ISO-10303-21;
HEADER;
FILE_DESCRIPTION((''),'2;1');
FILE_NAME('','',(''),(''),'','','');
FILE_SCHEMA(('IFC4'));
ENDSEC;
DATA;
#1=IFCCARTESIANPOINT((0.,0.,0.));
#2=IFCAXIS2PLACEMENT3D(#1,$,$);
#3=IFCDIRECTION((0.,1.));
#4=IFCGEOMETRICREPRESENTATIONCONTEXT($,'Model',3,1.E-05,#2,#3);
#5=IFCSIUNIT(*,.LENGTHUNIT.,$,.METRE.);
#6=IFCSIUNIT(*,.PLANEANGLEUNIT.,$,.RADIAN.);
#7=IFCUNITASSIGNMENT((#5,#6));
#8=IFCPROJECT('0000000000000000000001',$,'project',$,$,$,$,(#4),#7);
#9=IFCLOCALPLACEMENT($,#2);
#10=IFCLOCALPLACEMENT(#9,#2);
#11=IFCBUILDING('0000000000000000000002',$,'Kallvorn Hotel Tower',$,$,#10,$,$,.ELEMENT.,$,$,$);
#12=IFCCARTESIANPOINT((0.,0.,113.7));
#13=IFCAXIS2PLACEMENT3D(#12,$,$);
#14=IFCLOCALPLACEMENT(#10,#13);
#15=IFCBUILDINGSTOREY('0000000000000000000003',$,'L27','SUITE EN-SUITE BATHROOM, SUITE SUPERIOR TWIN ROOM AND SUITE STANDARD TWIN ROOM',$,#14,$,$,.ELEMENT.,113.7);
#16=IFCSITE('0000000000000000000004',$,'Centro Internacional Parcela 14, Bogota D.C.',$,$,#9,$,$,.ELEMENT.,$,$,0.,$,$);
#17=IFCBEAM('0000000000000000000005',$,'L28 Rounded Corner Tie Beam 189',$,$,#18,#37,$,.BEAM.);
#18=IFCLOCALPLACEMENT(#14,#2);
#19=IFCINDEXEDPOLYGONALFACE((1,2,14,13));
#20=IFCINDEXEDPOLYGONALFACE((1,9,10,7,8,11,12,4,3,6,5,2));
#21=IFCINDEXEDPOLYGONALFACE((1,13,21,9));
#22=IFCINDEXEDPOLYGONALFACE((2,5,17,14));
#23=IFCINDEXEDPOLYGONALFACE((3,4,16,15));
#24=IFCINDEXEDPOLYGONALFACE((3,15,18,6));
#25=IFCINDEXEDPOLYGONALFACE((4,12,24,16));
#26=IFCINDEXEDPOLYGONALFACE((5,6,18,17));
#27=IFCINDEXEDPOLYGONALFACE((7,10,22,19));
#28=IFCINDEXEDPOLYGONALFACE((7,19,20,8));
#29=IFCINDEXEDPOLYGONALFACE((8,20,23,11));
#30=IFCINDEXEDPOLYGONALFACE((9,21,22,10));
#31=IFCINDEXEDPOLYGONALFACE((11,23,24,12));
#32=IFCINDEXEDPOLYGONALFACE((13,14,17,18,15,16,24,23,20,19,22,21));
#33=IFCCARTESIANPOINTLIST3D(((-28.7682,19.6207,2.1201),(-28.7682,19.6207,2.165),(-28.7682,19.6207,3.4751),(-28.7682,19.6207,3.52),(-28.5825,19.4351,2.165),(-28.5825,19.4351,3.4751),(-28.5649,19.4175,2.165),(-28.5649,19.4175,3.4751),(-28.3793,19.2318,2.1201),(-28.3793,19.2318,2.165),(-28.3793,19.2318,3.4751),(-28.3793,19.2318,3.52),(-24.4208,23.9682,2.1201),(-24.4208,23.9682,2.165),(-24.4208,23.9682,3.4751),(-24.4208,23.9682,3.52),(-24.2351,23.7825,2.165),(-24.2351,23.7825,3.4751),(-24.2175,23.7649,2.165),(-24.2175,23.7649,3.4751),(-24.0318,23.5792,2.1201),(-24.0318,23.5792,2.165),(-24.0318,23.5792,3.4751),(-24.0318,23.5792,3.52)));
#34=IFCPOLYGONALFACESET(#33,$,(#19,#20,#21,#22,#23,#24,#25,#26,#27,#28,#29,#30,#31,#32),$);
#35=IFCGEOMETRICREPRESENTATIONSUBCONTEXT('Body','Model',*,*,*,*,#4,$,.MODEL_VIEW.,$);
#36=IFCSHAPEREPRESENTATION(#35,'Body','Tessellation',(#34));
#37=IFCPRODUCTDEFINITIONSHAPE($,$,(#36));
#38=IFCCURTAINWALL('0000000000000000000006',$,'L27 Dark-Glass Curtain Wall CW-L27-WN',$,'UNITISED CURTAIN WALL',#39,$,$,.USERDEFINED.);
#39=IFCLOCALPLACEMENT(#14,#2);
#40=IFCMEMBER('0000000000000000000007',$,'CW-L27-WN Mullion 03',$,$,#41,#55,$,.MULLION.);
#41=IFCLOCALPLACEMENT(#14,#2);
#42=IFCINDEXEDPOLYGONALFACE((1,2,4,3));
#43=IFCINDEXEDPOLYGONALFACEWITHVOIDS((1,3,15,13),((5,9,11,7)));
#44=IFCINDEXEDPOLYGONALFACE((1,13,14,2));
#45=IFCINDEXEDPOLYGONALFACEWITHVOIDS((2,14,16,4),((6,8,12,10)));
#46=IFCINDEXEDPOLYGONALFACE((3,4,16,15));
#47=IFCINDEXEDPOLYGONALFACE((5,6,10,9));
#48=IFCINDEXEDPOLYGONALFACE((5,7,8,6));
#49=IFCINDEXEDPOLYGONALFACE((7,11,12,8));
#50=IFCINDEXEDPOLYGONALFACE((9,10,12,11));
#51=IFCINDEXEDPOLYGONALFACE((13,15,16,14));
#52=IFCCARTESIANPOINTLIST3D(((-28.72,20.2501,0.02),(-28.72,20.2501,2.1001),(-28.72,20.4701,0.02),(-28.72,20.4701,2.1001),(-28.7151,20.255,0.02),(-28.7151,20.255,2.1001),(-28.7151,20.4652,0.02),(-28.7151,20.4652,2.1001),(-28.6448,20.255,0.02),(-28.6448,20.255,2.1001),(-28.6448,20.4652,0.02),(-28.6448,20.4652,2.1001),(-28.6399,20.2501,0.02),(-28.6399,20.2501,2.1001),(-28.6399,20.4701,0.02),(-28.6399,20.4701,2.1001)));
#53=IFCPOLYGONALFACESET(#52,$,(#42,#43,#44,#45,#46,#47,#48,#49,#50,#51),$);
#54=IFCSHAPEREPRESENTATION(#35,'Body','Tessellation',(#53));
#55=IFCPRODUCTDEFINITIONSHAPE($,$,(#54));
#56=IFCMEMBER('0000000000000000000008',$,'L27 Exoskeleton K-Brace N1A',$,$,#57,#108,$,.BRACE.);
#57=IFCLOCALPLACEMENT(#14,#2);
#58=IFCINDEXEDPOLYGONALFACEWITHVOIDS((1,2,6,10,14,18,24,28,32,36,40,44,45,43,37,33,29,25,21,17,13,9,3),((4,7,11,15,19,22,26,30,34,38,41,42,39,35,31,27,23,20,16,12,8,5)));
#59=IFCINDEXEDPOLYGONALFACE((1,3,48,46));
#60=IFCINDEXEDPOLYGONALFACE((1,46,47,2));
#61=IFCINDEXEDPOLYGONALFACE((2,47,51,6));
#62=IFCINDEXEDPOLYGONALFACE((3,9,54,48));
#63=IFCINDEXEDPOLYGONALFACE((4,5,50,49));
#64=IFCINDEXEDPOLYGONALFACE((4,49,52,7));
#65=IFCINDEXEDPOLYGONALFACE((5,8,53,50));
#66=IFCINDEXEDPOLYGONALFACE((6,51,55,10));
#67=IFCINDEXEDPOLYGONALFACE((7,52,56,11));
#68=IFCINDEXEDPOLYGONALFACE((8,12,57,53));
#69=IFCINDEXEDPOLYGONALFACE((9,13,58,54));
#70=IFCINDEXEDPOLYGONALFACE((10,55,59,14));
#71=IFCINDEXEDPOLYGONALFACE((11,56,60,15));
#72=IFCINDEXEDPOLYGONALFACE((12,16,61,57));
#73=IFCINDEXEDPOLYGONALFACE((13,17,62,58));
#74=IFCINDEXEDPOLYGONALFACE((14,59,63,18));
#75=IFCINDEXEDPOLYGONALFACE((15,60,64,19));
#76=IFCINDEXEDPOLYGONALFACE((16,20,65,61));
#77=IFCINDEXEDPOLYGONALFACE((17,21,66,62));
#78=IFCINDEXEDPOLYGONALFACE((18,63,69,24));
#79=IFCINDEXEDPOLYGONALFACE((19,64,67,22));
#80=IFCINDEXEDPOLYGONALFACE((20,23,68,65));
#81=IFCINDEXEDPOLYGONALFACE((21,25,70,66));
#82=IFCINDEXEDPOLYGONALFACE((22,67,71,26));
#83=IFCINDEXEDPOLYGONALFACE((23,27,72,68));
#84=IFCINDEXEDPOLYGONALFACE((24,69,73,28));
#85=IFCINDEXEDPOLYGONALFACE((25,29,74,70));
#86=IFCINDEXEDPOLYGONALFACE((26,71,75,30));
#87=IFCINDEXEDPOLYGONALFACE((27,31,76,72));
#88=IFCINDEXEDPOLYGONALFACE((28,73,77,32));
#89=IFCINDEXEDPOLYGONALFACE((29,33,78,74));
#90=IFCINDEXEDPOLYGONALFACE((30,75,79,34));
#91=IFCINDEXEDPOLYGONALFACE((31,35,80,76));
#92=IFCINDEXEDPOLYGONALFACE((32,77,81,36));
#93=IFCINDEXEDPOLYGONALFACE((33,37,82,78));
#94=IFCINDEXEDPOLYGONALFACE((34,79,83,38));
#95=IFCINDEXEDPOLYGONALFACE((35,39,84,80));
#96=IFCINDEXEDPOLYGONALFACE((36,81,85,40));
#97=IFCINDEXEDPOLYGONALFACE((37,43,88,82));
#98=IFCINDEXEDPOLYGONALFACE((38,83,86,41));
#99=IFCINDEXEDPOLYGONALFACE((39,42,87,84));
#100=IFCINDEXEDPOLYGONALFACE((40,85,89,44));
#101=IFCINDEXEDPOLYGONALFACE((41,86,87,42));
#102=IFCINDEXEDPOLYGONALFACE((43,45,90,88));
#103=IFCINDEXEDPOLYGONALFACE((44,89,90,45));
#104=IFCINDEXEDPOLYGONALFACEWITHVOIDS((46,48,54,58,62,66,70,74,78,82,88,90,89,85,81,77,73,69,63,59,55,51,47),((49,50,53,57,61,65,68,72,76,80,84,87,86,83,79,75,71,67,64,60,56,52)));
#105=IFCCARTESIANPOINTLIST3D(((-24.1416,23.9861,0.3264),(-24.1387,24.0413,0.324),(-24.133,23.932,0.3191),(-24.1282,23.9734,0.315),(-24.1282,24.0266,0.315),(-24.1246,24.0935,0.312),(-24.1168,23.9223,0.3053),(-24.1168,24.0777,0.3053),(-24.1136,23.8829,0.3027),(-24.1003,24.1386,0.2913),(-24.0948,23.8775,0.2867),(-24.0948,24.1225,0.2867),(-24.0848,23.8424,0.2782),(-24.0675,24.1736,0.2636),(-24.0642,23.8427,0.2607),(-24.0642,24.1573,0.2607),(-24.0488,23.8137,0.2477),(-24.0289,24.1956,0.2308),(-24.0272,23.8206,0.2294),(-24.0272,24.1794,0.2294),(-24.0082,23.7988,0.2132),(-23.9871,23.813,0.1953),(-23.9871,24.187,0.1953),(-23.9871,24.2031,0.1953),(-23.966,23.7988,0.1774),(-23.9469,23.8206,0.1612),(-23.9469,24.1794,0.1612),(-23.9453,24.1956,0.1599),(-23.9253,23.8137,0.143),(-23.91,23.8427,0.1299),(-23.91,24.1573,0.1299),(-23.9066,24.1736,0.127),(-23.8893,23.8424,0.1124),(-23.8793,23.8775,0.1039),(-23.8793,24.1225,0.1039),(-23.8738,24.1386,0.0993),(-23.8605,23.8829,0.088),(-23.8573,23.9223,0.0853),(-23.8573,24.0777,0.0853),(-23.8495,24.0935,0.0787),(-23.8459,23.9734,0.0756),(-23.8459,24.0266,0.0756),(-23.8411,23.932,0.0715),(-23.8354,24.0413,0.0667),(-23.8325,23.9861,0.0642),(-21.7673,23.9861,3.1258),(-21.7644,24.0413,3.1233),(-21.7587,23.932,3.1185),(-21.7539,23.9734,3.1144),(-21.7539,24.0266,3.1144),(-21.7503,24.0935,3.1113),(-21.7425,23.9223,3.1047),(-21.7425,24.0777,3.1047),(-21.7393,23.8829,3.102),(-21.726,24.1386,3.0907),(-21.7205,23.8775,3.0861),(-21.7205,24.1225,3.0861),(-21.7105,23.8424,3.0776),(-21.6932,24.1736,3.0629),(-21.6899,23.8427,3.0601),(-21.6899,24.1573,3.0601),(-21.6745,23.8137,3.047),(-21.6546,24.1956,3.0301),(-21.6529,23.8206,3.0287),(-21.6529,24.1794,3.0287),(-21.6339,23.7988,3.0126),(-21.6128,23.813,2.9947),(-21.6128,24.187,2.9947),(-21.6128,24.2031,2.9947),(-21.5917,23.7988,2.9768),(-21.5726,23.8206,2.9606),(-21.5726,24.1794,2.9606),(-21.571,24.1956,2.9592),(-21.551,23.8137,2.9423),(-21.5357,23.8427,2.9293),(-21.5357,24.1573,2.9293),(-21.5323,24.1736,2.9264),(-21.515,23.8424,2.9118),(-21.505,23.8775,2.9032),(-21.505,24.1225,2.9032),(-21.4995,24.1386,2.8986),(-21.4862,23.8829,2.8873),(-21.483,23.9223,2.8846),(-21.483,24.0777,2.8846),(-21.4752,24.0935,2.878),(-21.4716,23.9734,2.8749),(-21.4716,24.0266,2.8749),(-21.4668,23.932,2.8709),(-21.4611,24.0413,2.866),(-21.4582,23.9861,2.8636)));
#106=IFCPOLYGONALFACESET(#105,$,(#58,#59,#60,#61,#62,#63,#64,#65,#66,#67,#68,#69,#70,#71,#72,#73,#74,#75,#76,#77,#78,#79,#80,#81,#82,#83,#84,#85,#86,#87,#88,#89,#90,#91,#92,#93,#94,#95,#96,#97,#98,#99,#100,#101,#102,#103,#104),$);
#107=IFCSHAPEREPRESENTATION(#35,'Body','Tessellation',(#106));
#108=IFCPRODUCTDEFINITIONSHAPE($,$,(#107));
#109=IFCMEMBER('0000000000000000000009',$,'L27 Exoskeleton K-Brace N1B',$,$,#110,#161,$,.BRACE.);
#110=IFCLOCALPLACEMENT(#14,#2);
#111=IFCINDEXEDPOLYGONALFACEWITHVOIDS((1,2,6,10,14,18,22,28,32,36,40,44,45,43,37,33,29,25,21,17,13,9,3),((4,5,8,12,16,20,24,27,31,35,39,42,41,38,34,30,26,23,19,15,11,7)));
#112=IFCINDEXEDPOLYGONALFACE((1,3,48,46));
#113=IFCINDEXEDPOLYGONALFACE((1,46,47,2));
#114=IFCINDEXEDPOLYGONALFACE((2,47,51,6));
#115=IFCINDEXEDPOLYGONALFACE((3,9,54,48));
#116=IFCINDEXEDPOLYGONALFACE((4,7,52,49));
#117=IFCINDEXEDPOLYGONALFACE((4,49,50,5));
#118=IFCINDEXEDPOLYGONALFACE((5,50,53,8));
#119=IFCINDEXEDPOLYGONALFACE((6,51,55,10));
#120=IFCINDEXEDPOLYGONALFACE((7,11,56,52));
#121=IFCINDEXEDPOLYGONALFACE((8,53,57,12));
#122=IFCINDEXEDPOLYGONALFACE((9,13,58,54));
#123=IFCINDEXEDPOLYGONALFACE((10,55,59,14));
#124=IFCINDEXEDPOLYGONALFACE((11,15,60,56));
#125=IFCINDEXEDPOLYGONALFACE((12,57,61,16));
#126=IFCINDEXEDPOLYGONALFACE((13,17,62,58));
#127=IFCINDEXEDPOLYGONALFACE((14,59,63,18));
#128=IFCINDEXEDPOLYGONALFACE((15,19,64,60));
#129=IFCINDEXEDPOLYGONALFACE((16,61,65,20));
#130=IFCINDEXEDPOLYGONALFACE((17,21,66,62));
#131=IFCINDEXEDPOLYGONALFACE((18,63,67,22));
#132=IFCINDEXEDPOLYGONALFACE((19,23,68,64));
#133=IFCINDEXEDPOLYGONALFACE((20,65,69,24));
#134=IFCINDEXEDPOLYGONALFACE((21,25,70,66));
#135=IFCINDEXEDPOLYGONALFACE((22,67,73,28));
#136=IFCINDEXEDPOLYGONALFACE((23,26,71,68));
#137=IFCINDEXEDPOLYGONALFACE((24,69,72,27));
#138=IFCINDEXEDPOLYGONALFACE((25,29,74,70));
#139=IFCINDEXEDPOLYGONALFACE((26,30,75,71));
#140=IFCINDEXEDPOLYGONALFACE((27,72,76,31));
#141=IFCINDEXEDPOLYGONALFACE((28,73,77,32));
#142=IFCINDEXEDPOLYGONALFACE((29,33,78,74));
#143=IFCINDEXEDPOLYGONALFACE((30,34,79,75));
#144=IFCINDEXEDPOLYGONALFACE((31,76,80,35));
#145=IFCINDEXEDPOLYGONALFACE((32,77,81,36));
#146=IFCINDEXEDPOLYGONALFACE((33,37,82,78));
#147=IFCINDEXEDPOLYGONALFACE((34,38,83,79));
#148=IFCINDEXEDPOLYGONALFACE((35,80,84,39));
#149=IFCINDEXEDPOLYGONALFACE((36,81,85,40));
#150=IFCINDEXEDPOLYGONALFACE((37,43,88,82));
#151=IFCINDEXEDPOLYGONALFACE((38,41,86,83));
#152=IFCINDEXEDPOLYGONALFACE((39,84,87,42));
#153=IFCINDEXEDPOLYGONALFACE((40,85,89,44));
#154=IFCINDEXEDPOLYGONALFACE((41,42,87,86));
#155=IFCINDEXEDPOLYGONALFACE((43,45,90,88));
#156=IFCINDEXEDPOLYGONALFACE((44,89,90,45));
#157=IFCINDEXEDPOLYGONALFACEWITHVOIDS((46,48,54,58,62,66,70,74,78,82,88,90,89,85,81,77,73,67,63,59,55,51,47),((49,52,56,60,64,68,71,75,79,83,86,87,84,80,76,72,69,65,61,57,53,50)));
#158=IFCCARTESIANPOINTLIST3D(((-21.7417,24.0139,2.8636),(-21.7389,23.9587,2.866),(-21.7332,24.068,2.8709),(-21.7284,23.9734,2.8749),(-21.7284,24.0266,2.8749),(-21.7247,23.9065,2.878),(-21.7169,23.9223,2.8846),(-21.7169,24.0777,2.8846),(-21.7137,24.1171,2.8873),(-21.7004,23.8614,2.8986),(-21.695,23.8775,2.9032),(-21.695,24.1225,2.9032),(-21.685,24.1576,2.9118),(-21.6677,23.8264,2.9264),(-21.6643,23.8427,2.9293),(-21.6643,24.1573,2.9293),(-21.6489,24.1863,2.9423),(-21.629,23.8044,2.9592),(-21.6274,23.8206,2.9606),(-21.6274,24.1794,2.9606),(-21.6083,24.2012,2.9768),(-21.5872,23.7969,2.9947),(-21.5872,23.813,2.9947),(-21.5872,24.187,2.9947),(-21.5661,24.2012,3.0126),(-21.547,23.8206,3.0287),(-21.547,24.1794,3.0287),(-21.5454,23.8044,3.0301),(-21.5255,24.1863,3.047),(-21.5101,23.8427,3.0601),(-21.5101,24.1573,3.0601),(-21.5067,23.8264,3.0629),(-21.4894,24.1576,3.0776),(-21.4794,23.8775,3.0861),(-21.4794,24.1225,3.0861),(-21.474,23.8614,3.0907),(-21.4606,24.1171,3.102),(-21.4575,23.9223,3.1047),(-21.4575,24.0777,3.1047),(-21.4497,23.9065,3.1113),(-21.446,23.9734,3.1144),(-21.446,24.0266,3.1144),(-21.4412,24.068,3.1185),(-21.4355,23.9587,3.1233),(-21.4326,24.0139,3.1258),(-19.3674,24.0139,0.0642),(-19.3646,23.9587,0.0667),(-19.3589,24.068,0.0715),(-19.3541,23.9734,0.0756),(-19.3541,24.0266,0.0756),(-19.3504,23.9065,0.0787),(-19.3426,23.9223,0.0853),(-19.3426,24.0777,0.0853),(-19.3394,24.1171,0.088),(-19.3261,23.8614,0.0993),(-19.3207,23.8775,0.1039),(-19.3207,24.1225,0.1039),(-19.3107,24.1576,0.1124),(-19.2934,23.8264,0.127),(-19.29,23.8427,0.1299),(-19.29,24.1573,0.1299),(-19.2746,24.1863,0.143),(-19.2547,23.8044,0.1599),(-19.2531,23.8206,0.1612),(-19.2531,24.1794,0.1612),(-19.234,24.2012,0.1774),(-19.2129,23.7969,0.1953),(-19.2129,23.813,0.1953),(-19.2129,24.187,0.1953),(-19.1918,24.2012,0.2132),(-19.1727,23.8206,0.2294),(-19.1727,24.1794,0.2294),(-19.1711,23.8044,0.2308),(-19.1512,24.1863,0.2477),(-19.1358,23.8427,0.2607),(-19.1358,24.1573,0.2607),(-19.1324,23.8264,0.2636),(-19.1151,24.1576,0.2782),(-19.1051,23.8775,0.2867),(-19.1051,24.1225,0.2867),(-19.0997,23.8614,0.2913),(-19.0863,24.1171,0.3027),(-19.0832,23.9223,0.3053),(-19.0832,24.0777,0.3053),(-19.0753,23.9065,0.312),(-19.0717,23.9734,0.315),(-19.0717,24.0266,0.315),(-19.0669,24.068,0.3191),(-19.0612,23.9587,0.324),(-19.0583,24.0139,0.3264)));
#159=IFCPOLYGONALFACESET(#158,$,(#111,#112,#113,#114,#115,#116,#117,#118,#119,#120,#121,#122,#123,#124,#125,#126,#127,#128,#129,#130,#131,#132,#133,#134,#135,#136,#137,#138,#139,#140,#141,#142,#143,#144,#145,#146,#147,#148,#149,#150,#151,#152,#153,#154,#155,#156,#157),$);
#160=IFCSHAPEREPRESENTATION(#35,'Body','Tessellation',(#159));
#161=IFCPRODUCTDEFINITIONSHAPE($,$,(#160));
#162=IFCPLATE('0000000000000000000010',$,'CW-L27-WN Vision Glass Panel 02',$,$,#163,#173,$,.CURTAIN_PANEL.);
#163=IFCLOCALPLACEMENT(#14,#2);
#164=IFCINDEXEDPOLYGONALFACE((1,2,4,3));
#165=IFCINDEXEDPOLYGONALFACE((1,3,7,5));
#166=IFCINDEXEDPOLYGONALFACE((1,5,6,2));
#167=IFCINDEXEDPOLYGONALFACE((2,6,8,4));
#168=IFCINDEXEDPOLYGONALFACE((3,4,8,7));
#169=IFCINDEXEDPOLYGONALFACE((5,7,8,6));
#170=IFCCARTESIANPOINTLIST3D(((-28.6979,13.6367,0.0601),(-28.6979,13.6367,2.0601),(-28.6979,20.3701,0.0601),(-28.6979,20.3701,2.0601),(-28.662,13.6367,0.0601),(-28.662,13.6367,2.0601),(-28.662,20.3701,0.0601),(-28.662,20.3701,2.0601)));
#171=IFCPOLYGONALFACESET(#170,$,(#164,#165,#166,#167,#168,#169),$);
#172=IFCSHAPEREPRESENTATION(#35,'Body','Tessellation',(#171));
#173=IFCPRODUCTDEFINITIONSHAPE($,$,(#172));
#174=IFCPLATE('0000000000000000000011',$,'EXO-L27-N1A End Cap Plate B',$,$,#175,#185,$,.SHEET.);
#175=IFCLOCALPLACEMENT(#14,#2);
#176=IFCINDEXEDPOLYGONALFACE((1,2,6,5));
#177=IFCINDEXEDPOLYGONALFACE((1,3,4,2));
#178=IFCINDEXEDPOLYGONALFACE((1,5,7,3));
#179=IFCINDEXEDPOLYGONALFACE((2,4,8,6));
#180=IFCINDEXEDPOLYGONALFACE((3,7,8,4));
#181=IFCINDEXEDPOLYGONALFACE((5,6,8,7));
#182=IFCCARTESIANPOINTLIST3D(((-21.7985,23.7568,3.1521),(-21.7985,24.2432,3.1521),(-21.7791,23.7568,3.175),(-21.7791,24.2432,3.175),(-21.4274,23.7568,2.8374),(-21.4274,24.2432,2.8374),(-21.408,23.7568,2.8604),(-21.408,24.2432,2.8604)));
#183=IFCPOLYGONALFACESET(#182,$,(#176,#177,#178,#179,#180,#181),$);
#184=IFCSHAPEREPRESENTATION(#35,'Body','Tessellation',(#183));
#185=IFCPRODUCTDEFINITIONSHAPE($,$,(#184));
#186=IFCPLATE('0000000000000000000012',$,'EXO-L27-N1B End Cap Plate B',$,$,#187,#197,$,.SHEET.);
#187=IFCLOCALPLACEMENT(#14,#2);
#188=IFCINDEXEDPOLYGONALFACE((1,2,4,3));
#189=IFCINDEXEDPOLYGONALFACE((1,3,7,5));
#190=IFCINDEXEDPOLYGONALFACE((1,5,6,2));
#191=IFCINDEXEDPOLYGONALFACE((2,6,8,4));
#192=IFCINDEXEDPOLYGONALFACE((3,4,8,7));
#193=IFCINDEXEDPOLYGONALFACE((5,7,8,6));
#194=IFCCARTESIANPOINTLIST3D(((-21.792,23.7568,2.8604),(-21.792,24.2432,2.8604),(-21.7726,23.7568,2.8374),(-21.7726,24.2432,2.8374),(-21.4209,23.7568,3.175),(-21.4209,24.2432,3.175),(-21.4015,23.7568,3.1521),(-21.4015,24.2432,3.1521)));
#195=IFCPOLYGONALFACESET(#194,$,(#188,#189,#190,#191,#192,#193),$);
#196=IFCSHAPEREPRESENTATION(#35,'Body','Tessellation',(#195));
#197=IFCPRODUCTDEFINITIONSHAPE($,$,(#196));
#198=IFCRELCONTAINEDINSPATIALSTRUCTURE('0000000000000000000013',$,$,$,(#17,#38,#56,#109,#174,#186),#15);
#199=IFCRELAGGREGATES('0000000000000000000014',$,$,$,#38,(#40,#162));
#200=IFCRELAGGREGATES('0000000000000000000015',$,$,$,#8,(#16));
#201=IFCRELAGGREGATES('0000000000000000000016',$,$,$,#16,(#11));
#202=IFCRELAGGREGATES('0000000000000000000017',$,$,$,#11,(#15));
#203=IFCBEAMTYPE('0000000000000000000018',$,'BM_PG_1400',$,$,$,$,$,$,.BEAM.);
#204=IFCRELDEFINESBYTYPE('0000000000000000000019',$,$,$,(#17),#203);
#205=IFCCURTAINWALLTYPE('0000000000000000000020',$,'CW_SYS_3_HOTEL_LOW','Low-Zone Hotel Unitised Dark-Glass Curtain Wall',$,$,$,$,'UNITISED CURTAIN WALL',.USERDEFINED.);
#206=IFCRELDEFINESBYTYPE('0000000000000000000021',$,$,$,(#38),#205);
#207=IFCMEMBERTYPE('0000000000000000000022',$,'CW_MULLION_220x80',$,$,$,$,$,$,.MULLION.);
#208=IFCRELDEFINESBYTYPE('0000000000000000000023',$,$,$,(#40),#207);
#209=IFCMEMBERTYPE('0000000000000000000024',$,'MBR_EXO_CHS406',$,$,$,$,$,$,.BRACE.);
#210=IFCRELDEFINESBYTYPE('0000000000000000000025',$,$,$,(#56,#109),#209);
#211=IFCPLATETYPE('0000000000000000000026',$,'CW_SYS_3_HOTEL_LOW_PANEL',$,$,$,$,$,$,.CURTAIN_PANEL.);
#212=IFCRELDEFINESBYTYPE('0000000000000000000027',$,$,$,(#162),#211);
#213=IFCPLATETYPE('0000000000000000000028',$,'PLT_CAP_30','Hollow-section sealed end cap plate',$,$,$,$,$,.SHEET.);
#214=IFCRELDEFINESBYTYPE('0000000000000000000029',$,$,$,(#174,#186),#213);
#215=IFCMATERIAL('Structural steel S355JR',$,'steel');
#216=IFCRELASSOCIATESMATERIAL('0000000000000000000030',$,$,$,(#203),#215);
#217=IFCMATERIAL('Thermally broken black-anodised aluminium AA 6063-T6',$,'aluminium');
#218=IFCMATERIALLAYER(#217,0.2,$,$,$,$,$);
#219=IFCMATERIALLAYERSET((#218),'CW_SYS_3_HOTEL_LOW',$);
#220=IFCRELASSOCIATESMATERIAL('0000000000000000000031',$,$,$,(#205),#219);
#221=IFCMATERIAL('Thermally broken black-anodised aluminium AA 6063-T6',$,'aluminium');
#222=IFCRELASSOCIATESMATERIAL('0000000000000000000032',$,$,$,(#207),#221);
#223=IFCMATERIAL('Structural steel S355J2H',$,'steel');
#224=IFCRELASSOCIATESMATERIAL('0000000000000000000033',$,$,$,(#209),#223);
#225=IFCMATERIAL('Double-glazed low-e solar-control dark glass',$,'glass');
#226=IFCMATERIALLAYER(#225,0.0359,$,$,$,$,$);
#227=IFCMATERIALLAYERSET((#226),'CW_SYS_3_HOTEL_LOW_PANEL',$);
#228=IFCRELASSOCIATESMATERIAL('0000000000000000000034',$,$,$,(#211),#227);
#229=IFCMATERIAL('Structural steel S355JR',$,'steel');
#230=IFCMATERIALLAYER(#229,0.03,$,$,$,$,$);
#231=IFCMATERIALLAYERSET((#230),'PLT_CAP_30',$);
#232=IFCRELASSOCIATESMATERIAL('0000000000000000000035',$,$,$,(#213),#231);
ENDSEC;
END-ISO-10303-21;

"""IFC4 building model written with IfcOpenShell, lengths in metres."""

from ifc_helpers import new_model, si_unit, direction, frame, origin, origin_2d, place, context, subcontext, project, spatial, polyline, rectangle, hollow_rectangle, hollow_circle, i_section, outline, extrude, material, layer, layer_set, material_profile, profile_set, type_object, element, aggregate, save


model = new_model("IFC4")

# Units and contexts
model_context = context("Model", 3, precision=1e-05, world=origin(), true_north=direction((0.0, 1.0)))
body_context = subcontext(model_context, "Body", "Model", "MODEL_VIEW")
ifc_project = project(units=[si_unit("LENGTHUNIT", "METRE"), si_unit("PLANEANGLEUNIT", "RADIAN")], contexts=[model_context])

# Site, building, storey
site_placement = place(None, origin())
site = spatial("IfcSite", under=ifc_project, at=site_placement, Name="Centro Internacional Parcela 14, Bogota D.C.", CompositionType="ELEMENT", RefElevation=0.0)
building_placement = place(site_placement, origin())
building = spatial("IfcBuilding", under=site, at=building_placement, Name="Kallvorn Hotel Tower", CompositionType="ELEMENT")
storey_placement = place(building_placement, frame((0.0, 0.0, 113.7)))
storey = spatial("IfcBuildingStorey", under=building, at=storey_placement, Name="L27", Description="SUITE EN-SUITE BATHROOM, SUITE SUPERIOR TWIN ROOM AND SUITE STANDARD TWIN ROOM", CompositionType="ELEMENT", Elevation=113.7)

# Beam
ifc_material_1 = material(Name="Structural steel S355JR", Category="steel")
ifc_material_profile_1 = material_profile(ifc_material_1, i_section(OverallWidth=0.55, OverallDepth=1.3999, WebThickness=0.0249, FlangeThickness=0.0449, at=origin_2d()), Name="PG 1400x550x25x45")
ifc_profile_set_1 = profile_set([ifc_material_profile_1], Name="Structural steel S355JR")
beam_type_1 = type_object("IfcBeamType", Name="BM_PG_1400", PredefinedType="BEAM", material=ifc_profile_set_1)
beam_1_placement = place(storey_placement, frame((-28.5737, 19.4263, 2.8201), z_axis=(0.707107, 0.707107, 0.0), x_axis=(-0.707107, 0.707107, 0.0)))
element("IfcBeam", 1, at=beam_1_placement, inside=storey, type_object=beam_type_1, Name="L28 Rounded Corner Tie Beam 189", PredefinedType="BEAM", context=body_context, shape_type="SweptSolid", body=[
    extrude(i_section(OverallWidth=0.55, OverallDepth=1.3999, WebThickness=0.0249, FlangeThickness=0.0449, at=origin_2d()), origin(), (0.0, 0.0, 1.0), 6.1482),
])

# Curtain wall, member
ifc_material_2 = material(Name="Thermally broken black-anodised aluminium AA 6063-T6", Category="aluminium")
ifc_layer_1 = layer(ifc_material_2, 0.2)
ifc_layer_set_1 = layer_set([ifc_layer_1], Name="CW_SYS_3_HOTEL_LOW")
curtain_wall_type = type_object("IfcCurtainWallType", Name="CW_SYS_3_HOTEL_LOW", Description="Low-Zone Hotel Unitised Dark-Glass Curtain Wall", ElementType="UNITISED CURTAIN WALL", PredefinedType="USERDEFINED", material=ifc_layer_set_1)
curtain_wall_placement = place(storey_placement, origin())
curtain_wall = element("IfcCurtainWall", 2, at=curtain_wall_placement, inside=storey, type_object=curtain_wall_type, Name="L27 Dark-Glass Curtain Wall CW-L27-WN", ObjectType="UNITISED CURTAIN WALL", PredefinedType="USERDEFINED")
ifc_material_3 = material(Name="Thermally broken black-anodised aluminium AA 6063-T6", Category="aluminium")
ifc_material_profile_2 = material_profile(ifc_material_3, hollow_rectangle(XDim=0.0801, YDim=0.22, WallThickness=0.0049, at=origin_2d()), Name="MUL 220x80")
ifc_profile_set_2 = profile_set([ifc_material_profile_2], Name="Thermally broken black-anodised aluminium AA 6063-T6")
member_type_1 = type_object("IfcMemberType", Name="CW_MULLION_220x80", PredefinedType="MULLION", material=ifc_profile_set_2)
member_placement = place(storey_placement, frame((-28.6799, 20.3601, 0.02), z_axis=(0.0, 0.0, 1.0), x_axis=(1.0, 0.0, 0.0)))
member = element("IfcMember", 3, at=member_placement, type_object=member_type_1, Name="CW-L27-WN Mullion 03", PredefinedType="MULLION", context=body_context, shape_type="SweptSolid", body=[
    extrude(hollow_rectangle(XDim=0.0801, YDim=0.22, WallThickness=0.0049, at=origin_2d()), origin(), (0.0, 0.0, 1.0), 2.0801),
])

# Members
ifc_material_4 = material(Name="Structural steel S355J2H", Category="steel")
ifc_material_profile_3 = material_profile(ifc_material_4, hollow_circle(Radius=0.2031, WallThickness=0.0161, at=origin_2d()), Name="CHS 406.4x16")
ifc_profile_set_3 = profile_set([ifc_material_profile_3], Name="Structural steel S355J2H")
member_type_2 = type_object("IfcMemberType", Name="MBR_EXO_CHS406", PredefinedType="BRACE", material=ifc_profile_set_3)
for number, where, z_axis, x_axis, name in (
    (4, (-23.9871, 24.0, 0.1953), (0.646833, 0.0, 0.762631), (0.0, 1.0, 0.0), "L27 Exoskeleton K-Brace N1A"),
    (5, (-19.2129, 24.0, 0.1953), (-0.646833, 0.0, 0.762631), (0.0, -1.0, 0.0), "L27 Exoskeleton K-Brace N1B"),
):
    element("IfcMember", number, at=place(storey_placement, frame(where, z_axis=z_axis, x_axis=x_axis)), inside=storey, type_object=member_type_2, Name=name, PredefinedType="BRACE", context=body_context, shape_type="SweptSolid", body=[
        extrude(hollow_circle(Radius=0.2031, WallThickness=0.0161, at=origin_2d()), origin(), (0.0, 0.0, 1.0), 3.6707),
    ])

# Plate
ifc_material_5 = material(Name="Double-glazed low-e solar-control dark glass", Category="glass")
ifc_layer_2 = layer(ifc_material_5, 0.0359)
ifc_layer_set_2 = layer_set([ifc_layer_2], Name="CW_SYS_3_HOTEL_LOW_PANEL")
plate_type_1 = type_object("IfcPlateType", Name="CW_SYS_3_HOTEL_LOW_PANEL", PredefinedType="CURTAIN_PANEL", material=ifc_layer_set_2)
plate_1_placement = place(storey_placement, frame((-28.6799, 17.0034, 0.0601), z_axis=(0.0, 0.0, 1.0), x_axis=(0.0, 1.0, 0.0)))
plate_1 = element("IfcPlate", 6, at=plate_1_placement, type_object=plate_type_1, Name="CW-L27-WN Vision Glass Panel 02", PredefinedType="CURTAIN_PANEL", context=body_context, shape_type="SweptSolid", body=[
    extrude(rectangle(XDim=6.7334, YDim=0.0359, at=origin_2d()), origin(), (0.0, 0.0, 1.0), 2.0),
])
aggregate(curtain_wall, [member, plate_1])

# Plates
ifc_material_6 = material(Name="Structural steel S355JR", Category="steel")
ifc_layer_3 = layer(ifc_material_6, 0.03)
ifc_layer_set_3 = layer_set([ifc_layer_3], Name="PLT_CAP_30")
plate_type_2 = type_object("IfcPlateType", Name="PLT_CAP_30", Description="Hollow-section sealed end cap plate", PredefinedType="SHEET", material=ifc_layer_set_3)
for number, where, z_axis, x_axis, name in (
    (7, (-21.408, 23.7568, 2.8604), (0.646774, 0.0, 0.762682), (0.0, 1.0, 0.0), "EXO-L27-N1A End Cap Plate B"),
    (8, (-21.792, 24.2432, 2.8604), (-0.646774, 0.0, 0.762682), (0.0, -1.0, 0.0), "EXO-L27-N1B End Cap Plate B"),
):
    element("IfcPlate", number, at=place(storey_placement, frame(where, z_axis=z_axis, x_axis=x_axis)), inside=storey, type_object=plate_type_2, Name=name, PredefinedType="SHEET", context=body_context, shape_type="SweptSolid", body=[
        extrude(outline(polyline([(0.0, 0.0), (0.4863, 0.0), (0.4863, 0.4866), (0.0, 0.4866), (0.0, 0.0)])), origin(), (0.0, 0.0, -1.0), 0.03),
    ])

save(model, "model.ifc")
